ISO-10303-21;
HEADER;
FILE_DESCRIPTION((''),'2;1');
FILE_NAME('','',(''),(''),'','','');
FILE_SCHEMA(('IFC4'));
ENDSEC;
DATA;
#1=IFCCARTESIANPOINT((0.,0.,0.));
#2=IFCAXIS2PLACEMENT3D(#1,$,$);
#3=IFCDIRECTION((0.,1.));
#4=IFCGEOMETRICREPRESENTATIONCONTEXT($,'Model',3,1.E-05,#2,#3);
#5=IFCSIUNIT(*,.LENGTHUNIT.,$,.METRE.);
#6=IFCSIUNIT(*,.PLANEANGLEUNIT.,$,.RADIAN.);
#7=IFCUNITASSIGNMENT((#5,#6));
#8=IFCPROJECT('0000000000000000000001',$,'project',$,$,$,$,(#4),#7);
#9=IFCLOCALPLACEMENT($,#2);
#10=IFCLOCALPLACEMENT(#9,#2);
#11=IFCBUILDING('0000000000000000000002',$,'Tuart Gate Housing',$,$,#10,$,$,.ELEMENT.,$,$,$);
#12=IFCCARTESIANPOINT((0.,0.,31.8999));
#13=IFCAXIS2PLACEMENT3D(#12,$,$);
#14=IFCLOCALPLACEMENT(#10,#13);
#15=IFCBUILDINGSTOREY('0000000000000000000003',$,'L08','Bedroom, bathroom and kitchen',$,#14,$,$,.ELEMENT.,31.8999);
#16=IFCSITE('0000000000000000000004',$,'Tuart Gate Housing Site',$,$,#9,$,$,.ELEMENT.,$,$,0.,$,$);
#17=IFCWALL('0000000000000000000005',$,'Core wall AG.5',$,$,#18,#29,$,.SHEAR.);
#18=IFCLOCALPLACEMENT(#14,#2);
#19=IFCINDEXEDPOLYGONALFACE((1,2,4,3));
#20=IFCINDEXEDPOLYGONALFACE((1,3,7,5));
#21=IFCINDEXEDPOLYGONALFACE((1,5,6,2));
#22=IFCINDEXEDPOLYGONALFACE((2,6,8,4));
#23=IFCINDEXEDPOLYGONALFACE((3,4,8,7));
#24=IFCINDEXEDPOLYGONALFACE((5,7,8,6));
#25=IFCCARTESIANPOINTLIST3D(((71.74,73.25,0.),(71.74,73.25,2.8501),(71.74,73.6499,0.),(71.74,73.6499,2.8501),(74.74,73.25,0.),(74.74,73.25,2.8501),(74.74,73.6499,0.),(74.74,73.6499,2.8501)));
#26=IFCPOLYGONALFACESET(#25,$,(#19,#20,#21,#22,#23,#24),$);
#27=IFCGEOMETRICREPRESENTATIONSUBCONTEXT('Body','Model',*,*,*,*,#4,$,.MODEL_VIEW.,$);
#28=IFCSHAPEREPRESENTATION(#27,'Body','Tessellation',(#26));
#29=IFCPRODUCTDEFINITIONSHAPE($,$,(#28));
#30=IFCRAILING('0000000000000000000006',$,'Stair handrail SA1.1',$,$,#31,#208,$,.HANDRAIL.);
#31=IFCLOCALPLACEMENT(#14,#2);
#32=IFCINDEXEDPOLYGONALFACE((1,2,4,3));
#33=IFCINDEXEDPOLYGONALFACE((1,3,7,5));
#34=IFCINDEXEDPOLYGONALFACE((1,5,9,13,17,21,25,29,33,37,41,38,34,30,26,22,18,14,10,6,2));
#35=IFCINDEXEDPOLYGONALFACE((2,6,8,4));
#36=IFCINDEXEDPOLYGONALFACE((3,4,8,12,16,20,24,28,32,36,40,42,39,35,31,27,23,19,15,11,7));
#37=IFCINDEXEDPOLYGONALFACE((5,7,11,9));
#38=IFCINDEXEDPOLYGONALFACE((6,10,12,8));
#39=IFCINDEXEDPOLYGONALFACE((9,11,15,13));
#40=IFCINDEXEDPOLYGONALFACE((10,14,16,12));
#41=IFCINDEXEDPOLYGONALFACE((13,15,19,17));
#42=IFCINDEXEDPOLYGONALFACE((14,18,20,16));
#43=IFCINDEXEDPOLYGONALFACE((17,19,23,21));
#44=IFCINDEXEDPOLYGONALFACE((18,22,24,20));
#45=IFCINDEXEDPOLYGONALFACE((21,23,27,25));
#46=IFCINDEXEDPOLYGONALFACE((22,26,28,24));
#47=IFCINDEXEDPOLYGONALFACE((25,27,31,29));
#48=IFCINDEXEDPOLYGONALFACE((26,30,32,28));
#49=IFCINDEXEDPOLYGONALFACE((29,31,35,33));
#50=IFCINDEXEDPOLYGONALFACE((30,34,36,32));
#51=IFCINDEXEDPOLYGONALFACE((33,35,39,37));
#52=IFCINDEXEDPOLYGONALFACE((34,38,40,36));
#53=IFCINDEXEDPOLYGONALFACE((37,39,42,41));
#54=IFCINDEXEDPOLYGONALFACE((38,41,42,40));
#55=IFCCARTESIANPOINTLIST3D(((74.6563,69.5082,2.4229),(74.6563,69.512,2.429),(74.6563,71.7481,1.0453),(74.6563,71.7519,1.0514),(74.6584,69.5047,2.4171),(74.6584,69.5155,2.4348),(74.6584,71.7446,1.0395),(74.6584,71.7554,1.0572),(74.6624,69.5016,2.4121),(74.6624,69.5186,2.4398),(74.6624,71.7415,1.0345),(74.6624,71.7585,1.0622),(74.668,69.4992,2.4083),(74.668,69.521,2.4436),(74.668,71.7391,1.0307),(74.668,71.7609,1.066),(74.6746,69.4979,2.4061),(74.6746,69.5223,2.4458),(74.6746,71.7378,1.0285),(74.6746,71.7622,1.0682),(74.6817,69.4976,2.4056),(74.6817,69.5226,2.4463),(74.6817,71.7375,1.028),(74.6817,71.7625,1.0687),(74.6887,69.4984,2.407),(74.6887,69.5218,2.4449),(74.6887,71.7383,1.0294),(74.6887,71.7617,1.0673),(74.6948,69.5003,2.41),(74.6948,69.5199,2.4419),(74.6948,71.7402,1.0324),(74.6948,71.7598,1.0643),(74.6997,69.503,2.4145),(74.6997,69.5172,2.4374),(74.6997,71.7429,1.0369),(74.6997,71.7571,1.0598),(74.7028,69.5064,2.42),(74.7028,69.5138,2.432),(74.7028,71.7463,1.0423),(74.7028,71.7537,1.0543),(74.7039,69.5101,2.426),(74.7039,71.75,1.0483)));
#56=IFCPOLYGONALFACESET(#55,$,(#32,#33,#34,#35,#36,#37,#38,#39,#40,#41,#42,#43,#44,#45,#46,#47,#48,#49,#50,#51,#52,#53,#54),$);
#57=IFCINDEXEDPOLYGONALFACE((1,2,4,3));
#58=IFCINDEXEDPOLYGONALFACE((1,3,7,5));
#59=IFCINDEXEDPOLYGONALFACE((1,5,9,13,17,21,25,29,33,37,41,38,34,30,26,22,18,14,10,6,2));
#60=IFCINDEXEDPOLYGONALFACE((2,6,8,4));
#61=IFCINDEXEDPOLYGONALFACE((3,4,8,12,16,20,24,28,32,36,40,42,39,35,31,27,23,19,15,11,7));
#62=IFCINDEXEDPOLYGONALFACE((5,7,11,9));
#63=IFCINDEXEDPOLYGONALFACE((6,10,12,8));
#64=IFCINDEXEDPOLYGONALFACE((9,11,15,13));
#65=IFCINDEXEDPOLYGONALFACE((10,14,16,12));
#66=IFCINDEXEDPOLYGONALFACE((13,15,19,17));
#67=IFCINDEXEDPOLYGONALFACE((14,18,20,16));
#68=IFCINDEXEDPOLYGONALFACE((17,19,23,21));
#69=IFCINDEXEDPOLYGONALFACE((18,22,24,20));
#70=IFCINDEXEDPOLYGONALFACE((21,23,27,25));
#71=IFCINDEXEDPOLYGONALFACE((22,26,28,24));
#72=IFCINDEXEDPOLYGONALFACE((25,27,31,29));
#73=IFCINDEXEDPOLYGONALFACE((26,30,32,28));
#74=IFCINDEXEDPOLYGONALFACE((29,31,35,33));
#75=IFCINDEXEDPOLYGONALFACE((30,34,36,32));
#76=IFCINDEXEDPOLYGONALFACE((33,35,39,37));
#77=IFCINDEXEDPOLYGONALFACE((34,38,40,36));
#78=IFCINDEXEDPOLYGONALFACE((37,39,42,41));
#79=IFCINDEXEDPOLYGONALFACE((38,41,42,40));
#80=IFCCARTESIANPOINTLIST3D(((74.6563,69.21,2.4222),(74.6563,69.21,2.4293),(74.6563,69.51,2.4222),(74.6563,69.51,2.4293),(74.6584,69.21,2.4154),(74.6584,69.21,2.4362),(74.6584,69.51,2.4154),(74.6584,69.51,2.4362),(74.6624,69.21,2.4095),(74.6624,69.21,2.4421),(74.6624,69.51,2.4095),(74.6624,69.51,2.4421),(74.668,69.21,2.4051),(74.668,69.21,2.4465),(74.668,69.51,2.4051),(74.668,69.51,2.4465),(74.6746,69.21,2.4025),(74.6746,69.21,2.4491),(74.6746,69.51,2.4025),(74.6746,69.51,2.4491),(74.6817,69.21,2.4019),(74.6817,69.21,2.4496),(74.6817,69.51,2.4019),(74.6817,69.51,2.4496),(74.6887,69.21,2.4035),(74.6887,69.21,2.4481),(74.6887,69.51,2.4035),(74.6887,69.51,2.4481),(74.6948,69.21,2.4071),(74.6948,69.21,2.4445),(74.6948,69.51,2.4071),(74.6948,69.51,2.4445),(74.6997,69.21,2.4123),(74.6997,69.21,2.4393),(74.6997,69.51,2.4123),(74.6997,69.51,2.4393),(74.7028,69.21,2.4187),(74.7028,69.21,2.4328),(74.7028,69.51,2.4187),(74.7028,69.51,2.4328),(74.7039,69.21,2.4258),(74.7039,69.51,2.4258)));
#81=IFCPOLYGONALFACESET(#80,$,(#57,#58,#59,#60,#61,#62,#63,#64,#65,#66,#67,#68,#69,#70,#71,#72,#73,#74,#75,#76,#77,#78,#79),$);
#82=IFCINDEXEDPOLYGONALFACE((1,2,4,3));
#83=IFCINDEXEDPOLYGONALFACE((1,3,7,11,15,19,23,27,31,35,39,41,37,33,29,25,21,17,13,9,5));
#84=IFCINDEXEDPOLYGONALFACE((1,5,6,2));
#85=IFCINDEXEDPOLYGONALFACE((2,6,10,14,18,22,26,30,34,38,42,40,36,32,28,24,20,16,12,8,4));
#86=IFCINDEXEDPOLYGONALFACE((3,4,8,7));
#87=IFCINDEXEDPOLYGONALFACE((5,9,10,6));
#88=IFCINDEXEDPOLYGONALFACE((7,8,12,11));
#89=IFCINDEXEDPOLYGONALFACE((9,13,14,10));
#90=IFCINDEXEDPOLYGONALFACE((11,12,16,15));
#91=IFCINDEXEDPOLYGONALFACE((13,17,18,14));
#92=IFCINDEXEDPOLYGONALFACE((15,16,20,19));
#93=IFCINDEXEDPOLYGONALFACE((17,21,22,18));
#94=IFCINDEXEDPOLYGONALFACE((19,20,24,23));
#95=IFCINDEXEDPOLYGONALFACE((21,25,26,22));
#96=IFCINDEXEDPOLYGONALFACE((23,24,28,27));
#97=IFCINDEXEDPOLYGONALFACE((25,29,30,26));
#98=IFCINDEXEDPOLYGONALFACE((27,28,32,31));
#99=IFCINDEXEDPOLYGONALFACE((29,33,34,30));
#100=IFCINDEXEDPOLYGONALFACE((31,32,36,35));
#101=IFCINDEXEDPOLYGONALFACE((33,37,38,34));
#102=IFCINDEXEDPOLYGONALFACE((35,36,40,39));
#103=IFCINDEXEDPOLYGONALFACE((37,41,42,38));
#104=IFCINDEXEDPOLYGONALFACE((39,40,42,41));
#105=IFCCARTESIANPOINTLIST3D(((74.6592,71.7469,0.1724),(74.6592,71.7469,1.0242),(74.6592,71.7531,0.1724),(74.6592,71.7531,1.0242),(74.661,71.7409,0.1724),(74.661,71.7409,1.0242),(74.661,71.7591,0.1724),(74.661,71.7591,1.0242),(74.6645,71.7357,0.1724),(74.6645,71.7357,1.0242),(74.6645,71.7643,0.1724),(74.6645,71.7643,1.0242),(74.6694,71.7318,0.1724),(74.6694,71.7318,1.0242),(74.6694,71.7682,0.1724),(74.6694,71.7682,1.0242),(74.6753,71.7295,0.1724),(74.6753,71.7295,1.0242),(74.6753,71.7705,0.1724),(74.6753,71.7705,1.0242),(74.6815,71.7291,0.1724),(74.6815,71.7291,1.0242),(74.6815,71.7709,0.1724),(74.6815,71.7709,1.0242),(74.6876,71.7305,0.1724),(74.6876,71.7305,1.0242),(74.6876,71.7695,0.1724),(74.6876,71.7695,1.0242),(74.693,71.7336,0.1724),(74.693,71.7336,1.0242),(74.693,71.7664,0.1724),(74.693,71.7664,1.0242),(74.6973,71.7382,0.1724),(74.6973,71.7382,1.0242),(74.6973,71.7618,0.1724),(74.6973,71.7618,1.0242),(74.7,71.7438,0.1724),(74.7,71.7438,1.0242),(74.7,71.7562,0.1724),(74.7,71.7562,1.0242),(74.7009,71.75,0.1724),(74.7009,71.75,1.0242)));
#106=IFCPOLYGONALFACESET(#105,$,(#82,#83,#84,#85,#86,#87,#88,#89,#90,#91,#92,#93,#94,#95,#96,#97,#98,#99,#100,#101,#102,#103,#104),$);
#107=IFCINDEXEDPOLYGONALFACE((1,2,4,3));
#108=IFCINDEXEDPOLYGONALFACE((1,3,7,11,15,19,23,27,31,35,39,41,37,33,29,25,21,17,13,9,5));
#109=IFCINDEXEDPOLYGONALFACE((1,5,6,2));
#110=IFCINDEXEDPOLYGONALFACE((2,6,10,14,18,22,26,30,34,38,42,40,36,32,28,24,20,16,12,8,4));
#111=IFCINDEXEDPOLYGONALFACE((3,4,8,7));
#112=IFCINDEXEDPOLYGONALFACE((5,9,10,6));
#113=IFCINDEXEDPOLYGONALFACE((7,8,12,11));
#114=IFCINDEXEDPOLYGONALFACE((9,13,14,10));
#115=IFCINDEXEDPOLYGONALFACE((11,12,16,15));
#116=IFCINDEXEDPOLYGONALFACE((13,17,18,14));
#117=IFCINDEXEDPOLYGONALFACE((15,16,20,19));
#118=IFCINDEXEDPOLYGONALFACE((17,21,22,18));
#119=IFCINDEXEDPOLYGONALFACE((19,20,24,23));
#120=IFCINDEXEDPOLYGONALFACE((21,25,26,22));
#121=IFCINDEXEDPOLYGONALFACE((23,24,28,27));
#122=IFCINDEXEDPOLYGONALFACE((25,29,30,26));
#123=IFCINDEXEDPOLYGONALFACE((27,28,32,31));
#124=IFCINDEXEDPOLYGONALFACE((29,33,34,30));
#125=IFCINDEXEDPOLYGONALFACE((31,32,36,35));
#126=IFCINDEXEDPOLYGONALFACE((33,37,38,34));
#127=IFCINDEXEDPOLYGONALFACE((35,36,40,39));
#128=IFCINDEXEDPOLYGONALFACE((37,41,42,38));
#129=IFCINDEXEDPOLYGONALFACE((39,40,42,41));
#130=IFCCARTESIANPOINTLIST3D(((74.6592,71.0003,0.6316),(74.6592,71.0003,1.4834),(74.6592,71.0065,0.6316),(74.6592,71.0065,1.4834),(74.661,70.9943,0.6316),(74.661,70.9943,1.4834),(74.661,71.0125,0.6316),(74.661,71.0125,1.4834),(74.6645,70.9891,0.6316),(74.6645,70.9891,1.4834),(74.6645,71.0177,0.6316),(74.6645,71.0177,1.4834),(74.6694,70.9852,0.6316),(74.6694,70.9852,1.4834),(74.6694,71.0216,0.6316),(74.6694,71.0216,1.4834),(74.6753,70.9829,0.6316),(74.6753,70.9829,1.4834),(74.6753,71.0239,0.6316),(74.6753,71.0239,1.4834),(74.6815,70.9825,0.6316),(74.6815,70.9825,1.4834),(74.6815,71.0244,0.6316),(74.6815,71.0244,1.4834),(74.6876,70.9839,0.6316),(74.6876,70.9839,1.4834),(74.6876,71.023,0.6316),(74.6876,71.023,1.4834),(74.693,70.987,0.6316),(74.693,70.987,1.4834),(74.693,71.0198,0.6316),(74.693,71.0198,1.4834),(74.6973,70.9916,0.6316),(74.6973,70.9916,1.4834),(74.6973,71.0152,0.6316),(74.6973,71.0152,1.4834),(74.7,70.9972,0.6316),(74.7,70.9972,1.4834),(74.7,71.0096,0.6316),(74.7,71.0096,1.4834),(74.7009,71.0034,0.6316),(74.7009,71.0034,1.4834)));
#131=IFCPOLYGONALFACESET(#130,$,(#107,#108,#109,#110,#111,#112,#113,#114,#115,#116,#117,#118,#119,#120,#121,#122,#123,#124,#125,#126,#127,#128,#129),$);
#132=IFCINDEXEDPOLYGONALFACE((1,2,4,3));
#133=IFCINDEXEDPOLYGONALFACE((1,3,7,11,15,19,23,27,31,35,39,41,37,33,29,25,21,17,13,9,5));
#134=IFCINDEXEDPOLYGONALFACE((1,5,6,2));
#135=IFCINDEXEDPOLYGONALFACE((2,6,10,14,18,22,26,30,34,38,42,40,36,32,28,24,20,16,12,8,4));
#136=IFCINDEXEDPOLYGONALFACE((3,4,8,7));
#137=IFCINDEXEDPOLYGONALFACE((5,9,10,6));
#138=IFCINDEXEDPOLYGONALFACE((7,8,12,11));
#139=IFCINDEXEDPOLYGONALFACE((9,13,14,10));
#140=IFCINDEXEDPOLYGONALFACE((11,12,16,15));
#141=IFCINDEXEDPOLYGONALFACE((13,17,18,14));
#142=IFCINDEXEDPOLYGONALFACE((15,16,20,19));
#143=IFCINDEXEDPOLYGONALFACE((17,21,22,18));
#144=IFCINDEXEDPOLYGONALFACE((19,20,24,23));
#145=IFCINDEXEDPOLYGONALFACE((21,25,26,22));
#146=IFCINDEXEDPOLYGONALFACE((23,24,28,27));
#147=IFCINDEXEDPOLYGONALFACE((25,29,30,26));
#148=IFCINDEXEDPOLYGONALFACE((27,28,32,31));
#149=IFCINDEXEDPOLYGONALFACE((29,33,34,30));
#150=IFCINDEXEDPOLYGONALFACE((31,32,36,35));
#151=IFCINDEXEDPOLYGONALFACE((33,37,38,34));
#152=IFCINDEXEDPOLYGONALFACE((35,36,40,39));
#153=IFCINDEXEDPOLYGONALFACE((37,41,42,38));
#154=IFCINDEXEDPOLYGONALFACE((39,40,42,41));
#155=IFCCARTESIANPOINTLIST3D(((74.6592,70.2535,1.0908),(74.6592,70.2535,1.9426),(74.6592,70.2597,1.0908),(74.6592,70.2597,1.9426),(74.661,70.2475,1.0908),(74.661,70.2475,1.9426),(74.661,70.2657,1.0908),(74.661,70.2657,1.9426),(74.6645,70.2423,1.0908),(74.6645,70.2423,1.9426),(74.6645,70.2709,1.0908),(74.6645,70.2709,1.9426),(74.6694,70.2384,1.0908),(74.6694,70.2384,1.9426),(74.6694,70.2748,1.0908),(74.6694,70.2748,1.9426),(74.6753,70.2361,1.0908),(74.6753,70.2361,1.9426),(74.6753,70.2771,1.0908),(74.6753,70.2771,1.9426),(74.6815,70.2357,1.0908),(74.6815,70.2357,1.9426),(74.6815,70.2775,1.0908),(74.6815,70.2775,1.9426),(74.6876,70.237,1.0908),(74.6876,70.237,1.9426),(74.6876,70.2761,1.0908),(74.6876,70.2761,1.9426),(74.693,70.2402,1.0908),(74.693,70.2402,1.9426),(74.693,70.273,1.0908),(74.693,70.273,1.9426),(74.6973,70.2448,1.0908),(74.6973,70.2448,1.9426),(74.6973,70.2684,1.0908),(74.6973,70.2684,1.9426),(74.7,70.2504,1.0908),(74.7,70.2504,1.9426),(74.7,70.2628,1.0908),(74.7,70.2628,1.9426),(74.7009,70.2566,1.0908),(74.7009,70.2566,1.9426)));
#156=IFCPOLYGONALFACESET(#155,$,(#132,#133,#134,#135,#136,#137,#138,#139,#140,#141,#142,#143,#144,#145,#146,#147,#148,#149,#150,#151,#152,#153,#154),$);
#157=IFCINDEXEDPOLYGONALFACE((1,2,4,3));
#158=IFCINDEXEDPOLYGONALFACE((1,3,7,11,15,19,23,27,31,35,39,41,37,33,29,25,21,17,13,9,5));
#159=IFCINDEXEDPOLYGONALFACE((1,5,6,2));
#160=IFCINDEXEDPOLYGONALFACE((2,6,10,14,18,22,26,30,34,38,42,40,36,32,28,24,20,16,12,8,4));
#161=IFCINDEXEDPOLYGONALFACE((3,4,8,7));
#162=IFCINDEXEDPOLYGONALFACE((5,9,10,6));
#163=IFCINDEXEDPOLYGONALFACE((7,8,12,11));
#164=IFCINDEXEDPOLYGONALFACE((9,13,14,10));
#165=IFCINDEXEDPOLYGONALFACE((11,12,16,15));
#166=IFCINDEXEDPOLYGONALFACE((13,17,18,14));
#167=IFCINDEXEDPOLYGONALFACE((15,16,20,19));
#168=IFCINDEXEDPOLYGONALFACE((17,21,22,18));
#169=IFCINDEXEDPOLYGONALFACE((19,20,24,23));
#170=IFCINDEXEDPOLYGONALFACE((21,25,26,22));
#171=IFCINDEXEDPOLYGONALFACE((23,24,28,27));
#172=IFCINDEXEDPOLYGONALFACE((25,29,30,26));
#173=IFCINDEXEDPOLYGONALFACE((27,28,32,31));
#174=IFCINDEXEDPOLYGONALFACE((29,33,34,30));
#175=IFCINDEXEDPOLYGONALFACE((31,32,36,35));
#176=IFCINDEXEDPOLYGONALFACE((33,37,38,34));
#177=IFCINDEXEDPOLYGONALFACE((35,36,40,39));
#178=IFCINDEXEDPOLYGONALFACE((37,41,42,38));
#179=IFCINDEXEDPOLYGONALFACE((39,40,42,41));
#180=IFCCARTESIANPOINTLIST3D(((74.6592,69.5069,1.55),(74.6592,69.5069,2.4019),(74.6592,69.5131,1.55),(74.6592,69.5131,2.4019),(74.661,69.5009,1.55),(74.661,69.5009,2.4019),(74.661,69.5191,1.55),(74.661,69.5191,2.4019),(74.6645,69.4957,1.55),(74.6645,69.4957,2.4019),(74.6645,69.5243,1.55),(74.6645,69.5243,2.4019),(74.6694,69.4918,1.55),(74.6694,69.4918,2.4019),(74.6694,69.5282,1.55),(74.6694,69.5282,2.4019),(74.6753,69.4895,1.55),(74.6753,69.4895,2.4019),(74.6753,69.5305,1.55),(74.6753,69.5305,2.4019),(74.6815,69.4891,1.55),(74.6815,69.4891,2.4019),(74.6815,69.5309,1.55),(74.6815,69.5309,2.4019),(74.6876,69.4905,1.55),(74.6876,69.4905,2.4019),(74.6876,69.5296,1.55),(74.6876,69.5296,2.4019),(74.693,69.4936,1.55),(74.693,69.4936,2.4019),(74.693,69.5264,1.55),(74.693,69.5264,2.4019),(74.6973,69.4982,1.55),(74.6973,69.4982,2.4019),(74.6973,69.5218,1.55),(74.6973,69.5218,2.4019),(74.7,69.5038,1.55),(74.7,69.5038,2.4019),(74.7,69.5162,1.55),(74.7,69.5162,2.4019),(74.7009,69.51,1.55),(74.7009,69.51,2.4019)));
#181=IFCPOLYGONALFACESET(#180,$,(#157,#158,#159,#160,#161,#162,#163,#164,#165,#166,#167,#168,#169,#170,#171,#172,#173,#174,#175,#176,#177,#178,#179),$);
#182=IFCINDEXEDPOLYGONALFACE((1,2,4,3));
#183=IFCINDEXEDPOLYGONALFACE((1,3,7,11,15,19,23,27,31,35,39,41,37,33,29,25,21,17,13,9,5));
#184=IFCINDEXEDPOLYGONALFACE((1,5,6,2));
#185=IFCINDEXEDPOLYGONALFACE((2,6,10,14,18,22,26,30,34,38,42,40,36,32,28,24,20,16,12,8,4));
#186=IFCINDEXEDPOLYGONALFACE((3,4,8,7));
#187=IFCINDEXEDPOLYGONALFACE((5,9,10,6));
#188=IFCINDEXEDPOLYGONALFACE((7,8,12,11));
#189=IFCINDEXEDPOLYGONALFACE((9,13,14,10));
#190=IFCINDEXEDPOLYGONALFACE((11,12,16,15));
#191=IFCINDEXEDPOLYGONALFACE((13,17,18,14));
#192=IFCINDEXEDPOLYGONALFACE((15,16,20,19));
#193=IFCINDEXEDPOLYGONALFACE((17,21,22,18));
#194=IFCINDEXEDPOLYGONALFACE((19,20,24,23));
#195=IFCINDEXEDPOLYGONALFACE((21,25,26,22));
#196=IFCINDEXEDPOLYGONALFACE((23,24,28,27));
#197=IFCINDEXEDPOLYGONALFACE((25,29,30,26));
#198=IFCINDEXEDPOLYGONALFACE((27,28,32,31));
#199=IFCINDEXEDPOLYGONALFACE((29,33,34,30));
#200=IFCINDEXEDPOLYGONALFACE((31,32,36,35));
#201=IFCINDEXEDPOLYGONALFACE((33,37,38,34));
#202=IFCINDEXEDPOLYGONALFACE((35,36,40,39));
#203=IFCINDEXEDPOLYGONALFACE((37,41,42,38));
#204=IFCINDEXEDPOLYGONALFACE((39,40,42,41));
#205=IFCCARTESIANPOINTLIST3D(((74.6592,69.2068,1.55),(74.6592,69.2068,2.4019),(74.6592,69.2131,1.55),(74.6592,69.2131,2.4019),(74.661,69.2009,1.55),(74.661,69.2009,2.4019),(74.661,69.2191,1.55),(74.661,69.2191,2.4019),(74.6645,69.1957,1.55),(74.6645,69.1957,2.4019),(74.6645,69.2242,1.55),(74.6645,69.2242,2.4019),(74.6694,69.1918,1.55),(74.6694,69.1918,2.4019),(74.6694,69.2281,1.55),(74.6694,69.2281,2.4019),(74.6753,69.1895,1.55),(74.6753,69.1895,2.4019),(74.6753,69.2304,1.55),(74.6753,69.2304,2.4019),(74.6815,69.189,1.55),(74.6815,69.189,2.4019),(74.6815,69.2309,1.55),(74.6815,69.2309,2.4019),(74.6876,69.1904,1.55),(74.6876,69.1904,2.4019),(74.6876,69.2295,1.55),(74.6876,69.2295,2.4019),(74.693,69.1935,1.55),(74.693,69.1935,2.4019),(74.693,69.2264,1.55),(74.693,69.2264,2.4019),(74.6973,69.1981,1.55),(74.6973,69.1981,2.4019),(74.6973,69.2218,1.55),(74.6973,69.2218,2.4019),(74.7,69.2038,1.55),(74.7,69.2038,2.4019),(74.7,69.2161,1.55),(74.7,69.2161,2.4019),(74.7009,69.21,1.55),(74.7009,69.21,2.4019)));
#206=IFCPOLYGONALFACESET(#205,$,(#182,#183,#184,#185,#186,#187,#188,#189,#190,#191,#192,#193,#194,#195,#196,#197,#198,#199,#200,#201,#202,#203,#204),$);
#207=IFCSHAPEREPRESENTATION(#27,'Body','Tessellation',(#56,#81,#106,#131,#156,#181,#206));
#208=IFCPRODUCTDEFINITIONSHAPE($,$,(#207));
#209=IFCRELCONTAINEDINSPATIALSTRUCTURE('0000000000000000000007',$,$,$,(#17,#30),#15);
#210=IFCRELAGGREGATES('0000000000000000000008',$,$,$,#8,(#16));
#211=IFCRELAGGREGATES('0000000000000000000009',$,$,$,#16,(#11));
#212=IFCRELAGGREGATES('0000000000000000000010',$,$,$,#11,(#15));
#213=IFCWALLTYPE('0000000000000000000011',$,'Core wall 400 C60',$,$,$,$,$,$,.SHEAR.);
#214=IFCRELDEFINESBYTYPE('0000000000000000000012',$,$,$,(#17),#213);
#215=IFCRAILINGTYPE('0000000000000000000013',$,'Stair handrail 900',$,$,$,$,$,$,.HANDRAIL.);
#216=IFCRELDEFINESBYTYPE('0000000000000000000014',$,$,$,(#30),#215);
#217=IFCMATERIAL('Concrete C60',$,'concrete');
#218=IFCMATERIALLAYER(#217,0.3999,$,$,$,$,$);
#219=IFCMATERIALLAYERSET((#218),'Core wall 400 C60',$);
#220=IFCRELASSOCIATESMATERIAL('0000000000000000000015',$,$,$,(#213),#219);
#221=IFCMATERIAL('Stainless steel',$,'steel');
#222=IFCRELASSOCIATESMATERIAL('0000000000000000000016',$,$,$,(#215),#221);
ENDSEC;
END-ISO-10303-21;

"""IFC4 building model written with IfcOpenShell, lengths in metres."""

from ifc_helpers import new_model, si_unit, direction, frame, frame_2d, origin, origin_2d, place, context, subcontext, project, spatial, rectangle, circle, extrude, material, layer, layer_set, type_object, element, save


model = new_model("IFC4")

# Units and contexts
model_context = context("Model", 3, precision=1e-05, world=origin(), true_north=direction((0.0, 1.0)))
body_context = subcontext(model_context, "Body", "Model", "MODEL_VIEW")
ifc_project = project(units=[si_unit("LENGTHUNIT", "METRE"), si_unit("PLANEANGLEUNIT", "RADIAN")], contexts=[model_context])

# Site, building, storey
site_placement = place(None, origin())
site = spatial("IfcSite", under=ifc_project, at=site_placement, Name="Tuart Gate Housing Site", CompositionType="ELEMENT", RefElevation=0.0)
building_placement = place(site_placement, origin())
building = spatial("IfcBuilding", under=site, at=building_placement, Name="Tuart Gate Housing", CompositionType="ELEMENT")
storey_placement = place(building_placement, frame((0.0, 0.0, 31.8999)))
storey = spatial("IfcBuildingStorey", under=building, at=storey_placement, Name="L08", Description="Bedroom, bathroom and kitchen", CompositionType="ELEMENT", Elevation=31.8999)

# Wall
ifc_material_1 = material(Name="Concrete C60", Category="concrete")
ifc_layer = layer(ifc_material_1, 0.3999)
ifc_layer_set = layer_set([ifc_layer], Name="Core wall 400 C60")
wall_type = type_object("IfcWallType", Name="Core wall 400 C60", PredefinedType="SHEAR", material=ifc_layer_set)
wall_placement = place(storey_placement, frame((71.74, 73.45, 0.0), z_axis=(0.0, 0.0, 1.0), x_axis=(1.0, 0.0, 0.0)))
element("IfcWall", 1, at=wall_placement, inside=storey, type_object=wall_type, Name="Core wall AG.5", PredefinedType="SHEAR", context=body_context, shape_type="SweptSolid", body=[
    extrude(rectangle(XDim=3.0, YDim=0.3999, at=frame_2d((1.5, 0.0))), origin(), (0.0, 0.0, 1.0), 2.8501),
])

# Railing
ifc_material_2 = material(Name="Stainless steel", Category="steel")
railing_type = type_object("IfcRailingType", Name="Stair handrail 900", PredefinedType="HANDRAIL", material=ifc_material_2)
railing_placement = place(storey_placement, frame((74.6799, 71.75, 0.1724)))
element("IfcRailing", 2, at=railing_placement, inside=storey, type_object=railing_type, Name="Stair handrail SA1.1", PredefinedType="HANDRAIL", context=body_context, shape_type="SweptSolid", body=[
    extrude(circle(Radius=0.0239, at=origin_2d()), frame((0.0, 0.0, 0.876), z_axis=(0.0, -0.851789, 0.523885), x_axis=(1.0, 0.0, 0.0)), (0.0, 0.0, 1.0), 2.6296),
    extrude(circle(Radius=0.0239, at=origin_2d()), frame((0.0, -2.24, 2.2534), z_axis=(0.0, -1.0, 0.0), x_axis=(1.0, 0.0, 0.0)), (0.0, 0.0, 1.0), 0.3),
    extrude(circle(Radius=0.021, at=origin_2d()), origin(), (0.0, 0.0, 1.0), 0.8518),
    extrude(circle(Radius=0.021, at=origin_2d()), frame((0.0, -0.7466, 0.4592)), (0.0, 0.0, 1.0), 0.8518),
    extrude(circle(Radius=0.021, at=origin_2d()), frame((0.0, -1.4934, 0.9185)), (0.0, 0.0, 1.0), 0.8518),
    extrude(circle(Radius=0.021, at=origin_2d()), frame((0.0, -2.24, 1.3777)), (0.0, 0.0, 1.0), 0.8518),
    extrude(circle(Radius=0.021, at=origin_2d()), frame((0.0, -2.54, 1.3777)), (0.0, 0.0, 1.0), 0.8518),
])

save(model, "model.ifc")
